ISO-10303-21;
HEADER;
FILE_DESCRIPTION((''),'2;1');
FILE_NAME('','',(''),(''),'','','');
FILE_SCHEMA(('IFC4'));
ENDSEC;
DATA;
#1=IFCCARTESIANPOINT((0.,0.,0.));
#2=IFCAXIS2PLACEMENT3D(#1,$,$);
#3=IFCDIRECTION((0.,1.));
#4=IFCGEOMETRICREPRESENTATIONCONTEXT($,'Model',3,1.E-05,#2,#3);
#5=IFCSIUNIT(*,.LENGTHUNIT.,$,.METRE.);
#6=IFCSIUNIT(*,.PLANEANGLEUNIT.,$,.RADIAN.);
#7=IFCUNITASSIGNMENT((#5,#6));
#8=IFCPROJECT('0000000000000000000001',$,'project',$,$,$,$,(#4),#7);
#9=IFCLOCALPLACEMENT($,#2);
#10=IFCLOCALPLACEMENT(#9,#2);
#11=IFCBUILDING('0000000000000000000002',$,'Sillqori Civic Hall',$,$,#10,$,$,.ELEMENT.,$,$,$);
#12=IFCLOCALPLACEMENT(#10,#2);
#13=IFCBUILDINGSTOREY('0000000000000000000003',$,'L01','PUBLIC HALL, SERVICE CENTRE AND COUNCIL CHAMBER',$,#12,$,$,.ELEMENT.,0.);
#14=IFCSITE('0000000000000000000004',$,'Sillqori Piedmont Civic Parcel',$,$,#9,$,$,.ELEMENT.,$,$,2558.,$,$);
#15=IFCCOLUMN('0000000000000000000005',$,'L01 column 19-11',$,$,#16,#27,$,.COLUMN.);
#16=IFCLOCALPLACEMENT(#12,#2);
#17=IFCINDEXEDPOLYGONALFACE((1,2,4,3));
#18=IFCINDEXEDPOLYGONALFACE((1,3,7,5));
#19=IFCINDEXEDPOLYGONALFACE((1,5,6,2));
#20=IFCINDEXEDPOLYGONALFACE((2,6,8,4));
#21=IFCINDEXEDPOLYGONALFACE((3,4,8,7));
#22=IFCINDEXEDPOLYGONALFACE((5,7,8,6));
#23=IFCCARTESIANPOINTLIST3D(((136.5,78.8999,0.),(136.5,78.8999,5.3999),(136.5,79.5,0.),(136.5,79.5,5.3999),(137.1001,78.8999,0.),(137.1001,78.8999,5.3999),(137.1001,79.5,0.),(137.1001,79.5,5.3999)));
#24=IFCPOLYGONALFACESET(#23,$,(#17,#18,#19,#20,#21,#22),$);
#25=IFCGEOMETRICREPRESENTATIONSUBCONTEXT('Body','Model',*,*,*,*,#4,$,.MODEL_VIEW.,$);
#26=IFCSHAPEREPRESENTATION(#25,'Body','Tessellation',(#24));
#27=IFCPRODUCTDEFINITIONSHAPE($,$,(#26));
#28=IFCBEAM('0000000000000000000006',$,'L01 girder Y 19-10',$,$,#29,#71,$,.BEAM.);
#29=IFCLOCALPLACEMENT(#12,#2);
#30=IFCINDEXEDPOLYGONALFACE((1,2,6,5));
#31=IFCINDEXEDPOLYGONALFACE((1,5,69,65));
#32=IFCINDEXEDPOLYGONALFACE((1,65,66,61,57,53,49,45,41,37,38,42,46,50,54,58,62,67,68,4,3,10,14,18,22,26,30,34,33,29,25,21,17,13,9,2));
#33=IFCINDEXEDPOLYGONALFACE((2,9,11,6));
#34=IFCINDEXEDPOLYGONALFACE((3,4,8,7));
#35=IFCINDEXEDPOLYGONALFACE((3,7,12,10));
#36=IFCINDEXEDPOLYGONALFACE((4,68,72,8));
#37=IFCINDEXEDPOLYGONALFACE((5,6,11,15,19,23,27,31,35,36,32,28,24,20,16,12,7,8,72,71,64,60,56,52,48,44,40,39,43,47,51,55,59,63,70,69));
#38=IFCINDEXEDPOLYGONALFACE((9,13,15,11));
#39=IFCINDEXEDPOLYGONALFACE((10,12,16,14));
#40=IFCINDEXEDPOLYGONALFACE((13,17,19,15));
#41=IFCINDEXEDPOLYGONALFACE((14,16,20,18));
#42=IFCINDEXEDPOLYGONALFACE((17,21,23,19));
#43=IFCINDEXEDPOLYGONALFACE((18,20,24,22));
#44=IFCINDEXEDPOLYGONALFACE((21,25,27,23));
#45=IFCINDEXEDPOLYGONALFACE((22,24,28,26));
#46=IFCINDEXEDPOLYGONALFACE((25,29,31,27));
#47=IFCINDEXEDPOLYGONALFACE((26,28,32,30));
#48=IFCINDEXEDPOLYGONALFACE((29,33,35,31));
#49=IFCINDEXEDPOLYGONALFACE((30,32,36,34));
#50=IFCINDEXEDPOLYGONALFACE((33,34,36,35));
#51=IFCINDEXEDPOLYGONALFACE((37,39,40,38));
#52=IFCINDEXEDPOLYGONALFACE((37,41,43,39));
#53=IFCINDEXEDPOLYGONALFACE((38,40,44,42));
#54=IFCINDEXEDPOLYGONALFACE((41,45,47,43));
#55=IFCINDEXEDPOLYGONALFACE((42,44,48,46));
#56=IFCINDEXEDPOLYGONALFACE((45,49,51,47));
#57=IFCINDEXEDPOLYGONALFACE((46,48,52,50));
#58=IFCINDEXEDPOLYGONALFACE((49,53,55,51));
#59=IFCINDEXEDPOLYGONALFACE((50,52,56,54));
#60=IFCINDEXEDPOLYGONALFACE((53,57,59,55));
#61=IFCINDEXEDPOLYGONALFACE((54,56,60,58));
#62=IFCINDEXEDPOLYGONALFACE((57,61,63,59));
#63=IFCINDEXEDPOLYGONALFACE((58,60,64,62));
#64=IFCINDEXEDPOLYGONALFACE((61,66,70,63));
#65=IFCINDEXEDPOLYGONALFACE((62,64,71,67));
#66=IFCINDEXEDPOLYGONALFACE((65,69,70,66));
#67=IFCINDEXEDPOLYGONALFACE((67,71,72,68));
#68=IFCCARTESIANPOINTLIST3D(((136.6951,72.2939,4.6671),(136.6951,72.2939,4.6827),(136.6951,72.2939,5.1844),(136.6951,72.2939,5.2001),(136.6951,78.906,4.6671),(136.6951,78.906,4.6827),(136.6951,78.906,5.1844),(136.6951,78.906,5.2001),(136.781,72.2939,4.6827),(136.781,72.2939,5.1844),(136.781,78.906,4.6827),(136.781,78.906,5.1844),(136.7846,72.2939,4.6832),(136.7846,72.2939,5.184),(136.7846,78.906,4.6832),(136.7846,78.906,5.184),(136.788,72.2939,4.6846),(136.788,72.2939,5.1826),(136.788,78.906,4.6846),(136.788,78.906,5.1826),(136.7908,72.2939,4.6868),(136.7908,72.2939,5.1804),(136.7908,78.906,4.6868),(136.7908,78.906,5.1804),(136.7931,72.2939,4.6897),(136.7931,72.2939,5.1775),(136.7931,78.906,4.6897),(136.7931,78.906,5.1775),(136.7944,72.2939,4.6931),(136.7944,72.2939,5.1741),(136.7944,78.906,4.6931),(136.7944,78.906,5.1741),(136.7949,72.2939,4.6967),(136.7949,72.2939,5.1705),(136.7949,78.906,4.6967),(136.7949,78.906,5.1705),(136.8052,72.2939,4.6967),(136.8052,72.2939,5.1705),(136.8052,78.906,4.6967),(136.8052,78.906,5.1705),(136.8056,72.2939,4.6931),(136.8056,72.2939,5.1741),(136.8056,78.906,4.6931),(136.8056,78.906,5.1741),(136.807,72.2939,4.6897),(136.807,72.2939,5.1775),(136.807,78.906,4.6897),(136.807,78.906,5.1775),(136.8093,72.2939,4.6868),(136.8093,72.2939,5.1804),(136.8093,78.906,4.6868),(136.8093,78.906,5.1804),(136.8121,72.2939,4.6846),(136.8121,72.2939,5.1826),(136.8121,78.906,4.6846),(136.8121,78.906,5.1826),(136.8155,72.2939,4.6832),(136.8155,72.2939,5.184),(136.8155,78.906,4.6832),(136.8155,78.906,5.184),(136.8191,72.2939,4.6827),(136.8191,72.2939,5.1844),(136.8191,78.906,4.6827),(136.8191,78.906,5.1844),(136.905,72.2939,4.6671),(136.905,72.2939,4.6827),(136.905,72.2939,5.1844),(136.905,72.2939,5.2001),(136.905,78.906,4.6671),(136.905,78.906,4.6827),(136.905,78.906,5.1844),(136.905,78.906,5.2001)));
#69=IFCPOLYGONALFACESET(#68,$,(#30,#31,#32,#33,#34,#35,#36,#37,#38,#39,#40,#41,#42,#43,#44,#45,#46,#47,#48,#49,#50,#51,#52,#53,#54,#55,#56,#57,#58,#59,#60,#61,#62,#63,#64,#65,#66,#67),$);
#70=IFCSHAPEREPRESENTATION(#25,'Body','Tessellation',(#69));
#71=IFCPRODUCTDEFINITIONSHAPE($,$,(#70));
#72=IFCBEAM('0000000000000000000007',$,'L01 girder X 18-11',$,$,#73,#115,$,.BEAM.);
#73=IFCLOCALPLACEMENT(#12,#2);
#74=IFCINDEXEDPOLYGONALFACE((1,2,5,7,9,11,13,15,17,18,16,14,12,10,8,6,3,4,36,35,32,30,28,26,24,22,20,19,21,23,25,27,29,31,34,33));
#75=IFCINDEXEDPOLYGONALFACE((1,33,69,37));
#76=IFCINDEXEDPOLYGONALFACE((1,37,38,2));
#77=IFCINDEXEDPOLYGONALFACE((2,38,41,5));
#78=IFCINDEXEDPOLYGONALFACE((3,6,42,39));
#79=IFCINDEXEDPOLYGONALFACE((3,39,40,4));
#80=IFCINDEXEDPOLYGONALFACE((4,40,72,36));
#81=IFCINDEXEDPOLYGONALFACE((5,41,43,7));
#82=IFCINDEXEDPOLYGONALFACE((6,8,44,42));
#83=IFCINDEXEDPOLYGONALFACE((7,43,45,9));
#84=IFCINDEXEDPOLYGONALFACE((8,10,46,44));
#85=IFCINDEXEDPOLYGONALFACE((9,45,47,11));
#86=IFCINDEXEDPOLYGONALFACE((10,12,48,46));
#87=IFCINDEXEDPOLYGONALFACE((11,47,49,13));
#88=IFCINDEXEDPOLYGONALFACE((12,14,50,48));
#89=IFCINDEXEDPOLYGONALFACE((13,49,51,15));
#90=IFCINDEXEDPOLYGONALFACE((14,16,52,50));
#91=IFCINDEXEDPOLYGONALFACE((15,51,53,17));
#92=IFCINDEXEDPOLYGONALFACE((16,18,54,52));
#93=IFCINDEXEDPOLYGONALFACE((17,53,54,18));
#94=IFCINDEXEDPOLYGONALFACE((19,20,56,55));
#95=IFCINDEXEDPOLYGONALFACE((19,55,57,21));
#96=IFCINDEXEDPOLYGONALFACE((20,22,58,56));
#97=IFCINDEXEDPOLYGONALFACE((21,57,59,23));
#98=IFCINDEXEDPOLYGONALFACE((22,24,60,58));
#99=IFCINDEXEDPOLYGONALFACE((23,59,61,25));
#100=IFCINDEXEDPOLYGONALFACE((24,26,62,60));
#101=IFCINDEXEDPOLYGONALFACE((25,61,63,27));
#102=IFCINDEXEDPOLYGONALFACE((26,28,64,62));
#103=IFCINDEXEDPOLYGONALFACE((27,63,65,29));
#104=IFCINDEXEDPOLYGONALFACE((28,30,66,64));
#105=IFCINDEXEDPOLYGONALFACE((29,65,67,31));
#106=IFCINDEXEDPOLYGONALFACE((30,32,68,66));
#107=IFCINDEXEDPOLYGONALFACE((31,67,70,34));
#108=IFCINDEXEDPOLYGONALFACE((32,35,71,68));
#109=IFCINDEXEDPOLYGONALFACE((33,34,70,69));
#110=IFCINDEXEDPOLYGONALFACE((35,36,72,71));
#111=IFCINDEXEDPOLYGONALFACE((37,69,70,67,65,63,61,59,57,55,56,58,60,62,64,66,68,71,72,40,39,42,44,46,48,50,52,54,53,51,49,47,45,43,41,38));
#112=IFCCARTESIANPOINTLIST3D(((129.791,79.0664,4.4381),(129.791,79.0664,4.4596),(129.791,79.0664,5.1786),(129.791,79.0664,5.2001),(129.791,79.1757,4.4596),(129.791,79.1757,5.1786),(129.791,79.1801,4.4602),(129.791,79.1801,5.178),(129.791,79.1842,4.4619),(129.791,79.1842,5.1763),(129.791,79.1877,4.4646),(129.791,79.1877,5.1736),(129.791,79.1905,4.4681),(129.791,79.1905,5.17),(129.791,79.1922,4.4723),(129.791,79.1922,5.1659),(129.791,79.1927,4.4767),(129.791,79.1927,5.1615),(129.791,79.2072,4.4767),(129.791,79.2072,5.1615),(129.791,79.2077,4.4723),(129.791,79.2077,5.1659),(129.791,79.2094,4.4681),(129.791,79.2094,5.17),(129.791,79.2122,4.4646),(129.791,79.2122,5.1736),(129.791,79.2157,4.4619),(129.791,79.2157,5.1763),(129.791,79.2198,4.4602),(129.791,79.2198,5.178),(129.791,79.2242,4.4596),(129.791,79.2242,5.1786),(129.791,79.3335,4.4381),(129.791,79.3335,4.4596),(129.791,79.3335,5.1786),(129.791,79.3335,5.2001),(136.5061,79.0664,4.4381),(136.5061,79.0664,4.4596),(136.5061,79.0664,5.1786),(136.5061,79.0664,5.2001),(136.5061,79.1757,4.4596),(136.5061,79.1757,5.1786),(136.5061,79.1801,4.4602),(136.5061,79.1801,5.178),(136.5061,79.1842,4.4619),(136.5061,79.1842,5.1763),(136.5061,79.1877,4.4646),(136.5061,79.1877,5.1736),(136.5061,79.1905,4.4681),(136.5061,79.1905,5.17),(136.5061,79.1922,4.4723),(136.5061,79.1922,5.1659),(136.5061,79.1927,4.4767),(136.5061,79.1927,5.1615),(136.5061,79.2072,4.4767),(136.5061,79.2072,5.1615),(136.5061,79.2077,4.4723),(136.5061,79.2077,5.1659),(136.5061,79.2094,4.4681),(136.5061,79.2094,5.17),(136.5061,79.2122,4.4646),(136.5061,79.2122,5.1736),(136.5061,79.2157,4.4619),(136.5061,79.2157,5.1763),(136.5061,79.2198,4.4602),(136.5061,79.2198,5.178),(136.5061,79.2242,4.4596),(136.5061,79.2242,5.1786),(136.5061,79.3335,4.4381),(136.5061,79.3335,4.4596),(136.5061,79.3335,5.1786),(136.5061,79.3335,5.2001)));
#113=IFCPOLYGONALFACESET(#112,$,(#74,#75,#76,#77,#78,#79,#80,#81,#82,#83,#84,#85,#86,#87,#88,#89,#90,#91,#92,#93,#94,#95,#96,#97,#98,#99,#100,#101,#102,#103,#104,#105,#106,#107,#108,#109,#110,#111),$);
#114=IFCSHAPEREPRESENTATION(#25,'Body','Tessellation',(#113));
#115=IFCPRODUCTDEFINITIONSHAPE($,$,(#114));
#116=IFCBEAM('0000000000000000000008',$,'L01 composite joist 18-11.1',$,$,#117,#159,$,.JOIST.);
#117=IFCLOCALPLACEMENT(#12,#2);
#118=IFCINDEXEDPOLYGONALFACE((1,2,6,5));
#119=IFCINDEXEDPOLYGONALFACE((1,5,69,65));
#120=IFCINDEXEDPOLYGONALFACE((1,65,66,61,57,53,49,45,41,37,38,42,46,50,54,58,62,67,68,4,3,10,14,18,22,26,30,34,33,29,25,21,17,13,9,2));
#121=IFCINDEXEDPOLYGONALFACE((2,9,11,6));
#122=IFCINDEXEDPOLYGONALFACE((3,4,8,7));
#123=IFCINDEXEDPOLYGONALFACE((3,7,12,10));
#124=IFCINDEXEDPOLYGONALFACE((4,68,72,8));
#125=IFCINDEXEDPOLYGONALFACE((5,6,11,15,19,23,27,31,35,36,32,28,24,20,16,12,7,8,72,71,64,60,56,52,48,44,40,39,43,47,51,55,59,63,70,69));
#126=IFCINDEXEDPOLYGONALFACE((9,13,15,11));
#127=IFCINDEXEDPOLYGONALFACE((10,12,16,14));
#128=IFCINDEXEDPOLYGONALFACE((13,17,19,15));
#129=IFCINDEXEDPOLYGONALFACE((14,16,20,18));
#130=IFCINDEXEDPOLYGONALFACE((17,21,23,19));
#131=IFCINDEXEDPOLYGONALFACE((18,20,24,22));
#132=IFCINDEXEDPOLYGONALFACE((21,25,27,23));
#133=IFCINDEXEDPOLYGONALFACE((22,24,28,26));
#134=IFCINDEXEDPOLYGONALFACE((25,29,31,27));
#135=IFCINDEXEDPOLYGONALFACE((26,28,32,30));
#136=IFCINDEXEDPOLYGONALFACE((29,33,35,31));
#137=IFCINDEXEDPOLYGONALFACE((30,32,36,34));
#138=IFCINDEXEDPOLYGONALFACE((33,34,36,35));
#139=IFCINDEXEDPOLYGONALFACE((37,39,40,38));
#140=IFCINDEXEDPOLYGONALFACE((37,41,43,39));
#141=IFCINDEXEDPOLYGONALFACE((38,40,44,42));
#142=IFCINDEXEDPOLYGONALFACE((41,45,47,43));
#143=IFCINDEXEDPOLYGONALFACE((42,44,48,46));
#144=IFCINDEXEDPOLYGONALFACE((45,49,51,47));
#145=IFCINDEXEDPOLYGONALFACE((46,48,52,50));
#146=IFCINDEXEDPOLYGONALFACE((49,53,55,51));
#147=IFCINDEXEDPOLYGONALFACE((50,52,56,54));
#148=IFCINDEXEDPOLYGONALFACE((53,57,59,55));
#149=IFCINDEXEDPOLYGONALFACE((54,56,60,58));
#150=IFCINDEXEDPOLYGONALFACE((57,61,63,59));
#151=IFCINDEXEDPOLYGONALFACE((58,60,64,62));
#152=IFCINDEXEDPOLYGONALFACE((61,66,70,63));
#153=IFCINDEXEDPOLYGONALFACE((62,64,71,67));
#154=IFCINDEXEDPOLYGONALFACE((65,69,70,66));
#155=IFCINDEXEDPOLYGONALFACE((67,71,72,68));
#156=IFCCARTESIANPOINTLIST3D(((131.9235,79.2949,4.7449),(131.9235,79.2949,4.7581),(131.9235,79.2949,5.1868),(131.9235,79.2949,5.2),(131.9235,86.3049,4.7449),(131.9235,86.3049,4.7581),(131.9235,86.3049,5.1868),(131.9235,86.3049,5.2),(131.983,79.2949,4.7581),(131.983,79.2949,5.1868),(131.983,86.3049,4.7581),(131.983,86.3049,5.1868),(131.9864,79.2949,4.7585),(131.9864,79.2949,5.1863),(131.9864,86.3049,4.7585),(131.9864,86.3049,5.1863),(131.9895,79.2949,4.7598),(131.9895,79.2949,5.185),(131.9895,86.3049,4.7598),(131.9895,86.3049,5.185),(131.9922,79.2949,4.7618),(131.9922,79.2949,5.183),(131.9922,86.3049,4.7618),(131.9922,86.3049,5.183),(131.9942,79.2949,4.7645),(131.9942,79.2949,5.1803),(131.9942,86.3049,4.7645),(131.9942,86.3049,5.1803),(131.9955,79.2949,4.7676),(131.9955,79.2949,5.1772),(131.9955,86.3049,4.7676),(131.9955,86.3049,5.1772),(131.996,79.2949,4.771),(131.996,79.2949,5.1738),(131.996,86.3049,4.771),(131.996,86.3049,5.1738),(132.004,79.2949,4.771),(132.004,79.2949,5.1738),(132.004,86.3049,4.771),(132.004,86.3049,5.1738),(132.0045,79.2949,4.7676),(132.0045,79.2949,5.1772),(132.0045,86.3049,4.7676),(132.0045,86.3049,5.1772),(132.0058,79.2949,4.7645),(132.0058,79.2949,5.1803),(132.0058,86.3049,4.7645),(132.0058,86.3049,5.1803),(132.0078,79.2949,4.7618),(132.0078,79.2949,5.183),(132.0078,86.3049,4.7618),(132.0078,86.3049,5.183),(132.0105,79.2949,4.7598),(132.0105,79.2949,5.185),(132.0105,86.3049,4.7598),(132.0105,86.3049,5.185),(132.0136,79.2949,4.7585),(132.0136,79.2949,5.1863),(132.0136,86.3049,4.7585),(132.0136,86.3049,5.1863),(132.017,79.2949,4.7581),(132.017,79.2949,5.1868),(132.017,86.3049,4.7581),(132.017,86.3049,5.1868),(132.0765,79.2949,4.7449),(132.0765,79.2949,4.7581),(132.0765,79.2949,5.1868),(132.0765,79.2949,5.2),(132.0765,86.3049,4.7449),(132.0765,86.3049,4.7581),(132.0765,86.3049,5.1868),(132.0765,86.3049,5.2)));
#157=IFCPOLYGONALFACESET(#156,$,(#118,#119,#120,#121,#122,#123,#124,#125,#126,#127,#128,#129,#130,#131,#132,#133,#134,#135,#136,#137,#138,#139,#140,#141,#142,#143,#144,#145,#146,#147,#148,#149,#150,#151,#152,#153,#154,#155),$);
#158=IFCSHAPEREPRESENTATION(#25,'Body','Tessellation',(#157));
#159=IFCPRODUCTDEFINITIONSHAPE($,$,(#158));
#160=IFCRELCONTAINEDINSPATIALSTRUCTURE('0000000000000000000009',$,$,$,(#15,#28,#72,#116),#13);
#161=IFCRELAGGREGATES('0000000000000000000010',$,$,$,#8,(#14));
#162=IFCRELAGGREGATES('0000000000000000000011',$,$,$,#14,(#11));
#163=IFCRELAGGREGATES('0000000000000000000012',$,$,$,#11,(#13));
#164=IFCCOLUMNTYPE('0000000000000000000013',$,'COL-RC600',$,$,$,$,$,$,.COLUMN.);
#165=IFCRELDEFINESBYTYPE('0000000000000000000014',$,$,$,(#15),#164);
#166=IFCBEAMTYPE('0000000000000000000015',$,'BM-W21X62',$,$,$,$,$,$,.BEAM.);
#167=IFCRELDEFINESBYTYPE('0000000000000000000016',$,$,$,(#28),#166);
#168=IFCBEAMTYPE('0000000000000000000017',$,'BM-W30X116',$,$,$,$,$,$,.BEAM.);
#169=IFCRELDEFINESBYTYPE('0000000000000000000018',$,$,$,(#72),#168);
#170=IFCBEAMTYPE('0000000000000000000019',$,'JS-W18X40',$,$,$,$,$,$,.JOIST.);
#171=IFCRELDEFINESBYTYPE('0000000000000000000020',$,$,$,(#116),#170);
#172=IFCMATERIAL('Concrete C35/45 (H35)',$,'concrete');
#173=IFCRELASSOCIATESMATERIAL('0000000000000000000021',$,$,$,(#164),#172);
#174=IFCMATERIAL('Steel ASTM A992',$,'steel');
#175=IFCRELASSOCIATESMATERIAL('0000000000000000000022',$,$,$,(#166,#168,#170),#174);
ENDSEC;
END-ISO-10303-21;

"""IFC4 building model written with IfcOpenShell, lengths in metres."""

from ifc_helpers import new_model, si_unit, direction, frame, origin, origin_2d, place, context, subcontext, project, spatial, rectangle, i_section, extrude, material, material_profile, profile_set, type_object, element, save


model = new_model("IFC4")

# Units and contexts
model_context = context("Model", 3, precision=1e-05, world=origin(), true_north=direction((0.0, 1.0)))
body_context = subcontext(model_context, "Body", "Model", "MODEL_VIEW")
ifc_project = project(units=[si_unit("LENGTHUNIT", "METRE"), si_unit("PLANEANGLEUNIT", "RADIAN")], contexts=[model_context])

# Site, building, storey
site_placement = place(None, origin())
site = spatial("IfcSite", under=ifc_project, at=site_placement, Name="Sillqori Piedmont Civic Parcel", CompositionType="ELEMENT", RefElevation=2558.0)
building_placement = place(site_placement, origin())
building = spatial("IfcBuilding", under=site, at=building_placement, Name="Sillqori Civic Hall", CompositionType="ELEMENT")
storey_placement = place(building_placement, origin())
storey = spatial("IfcBuildingStorey", under=building, at=storey_placement, Name="L01", Description="PUBLIC HALL, SERVICE CENTRE AND COUNCIL CHAMBER", CompositionType="ELEMENT", Elevation=0.0)

# Column
ifc_material_1 = material(Name="Concrete C35/45 (H35)", Category="concrete")
ifc_material_profile_1 = material_profile(ifc_material_1, rectangle(XDim=0.6001, YDim=0.6001, at=origin_2d()), Name="RC 600x600")
ifc_profile_set_1 = profile_set([ifc_material_profile_1], Name="Concrete C35/45 (H35)")
column_type = type_object("IfcColumnType", Name="COL-RC600", PredefinedType="COLUMN", material=ifc_profile_set_1)
column_placement = place(storey_placement, frame((136.8, 79.2, 0.0), z_axis=(0.0, 0.0, 1.0), x_axis=(1.0, 0.0, 0.0)))
element("IfcColumn", 1, at=column_placement, inside=storey, type_object=column_type, Name="L01 column 19-11", PredefinedType="COLUMN", context=body_context, shape_type="SweptSolid", body=[
    extrude(rectangle(XDim=0.6001, YDim=0.6001, at=origin_2d()), origin(), (0.0, 0.0, 1.0), 5.3999),
])

# Beams
ifc_material_2 = material(Name="Steel ASTM A992", Category="steel")
ifc_material_profile_2 = material_profile(ifc_material_2, i_section(OverallWidth=0.21, OverallDepth=0.533, WebThickness=0.0103, FlangeThickness=0.0156, FilletRadius=0.0139, at=origin_2d()), Name="W21X62")
ifc_profile_set_2 = profile_set([ifc_material_profile_2], Name="Steel ASTM A992")
beam_type_1 = type_object("IfcBeamType", Name="BM-W21X62", PredefinedType="BEAM", material=ifc_profile_set_2)
beam_1_placement = place(storey_placement, frame((136.8, 72.2939, 4.9336), z_axis=(0.0, 1.0, 0.0), x_axis=(-1.0, 0.0, 0.0)))
element("IfcBeam", 2, at=beam_1_placement, inside=storey, type_object=beam_type_1, Name="L01 girder Y 19-10", PredefinedType="BEAM", context=body_context, shape_type="SweptSolid", body=[
    extrude(i_section(OverallWidth=0.21, OverallDepth=0.533, WebThickness=0.0103, FlangeThickness=0.0156, FilletRadius=0.0139, at=origin_2d()), origin(), (0.0, 0.0, 1.0), 6.6121),
])
ifc_material_profile_3 = material_profile(ifc_material_2, i_section(OverallWidth=0.2671, OverallDepth=0.762, WebThickness=0.0144, FlangeThickness=0.0215, FilletRadius=0.0171, at=origin_2d()), Name="W30X116")
ifc_profile_set_3 = profile_set([ifc_material_profile_3], Name="Steel ASTM A992")
beam_type_2 = type_object("IfcBeamType", Name="BM-W30X116", PredefinedType="BEAM", material=ifc_profile_set_3)
beam_2_placement = place(storey_placement, frame((129.791, 79.2, 4.8191), z_axis=(1.0, 0.0, 0.0), x_axis=(0.0, 1.0, 0.0)))
element("IfcBeam", 3, at=beam_2_placement, inside=storey, type_object=beam_type_2, Name="L01 girder X 18-11", PredefinedType="BEAM", context=body_context, shape_type="SweptSolid", body=[
    extrude(i_section(OverallWidth=0.2671, OverallDepth=0.762, WebThickness=0.0144, FlangeThickness=0.0215, FilletRadius=0.0171, at=origin_2d()), origin(), (0.0, 0.0, 1.0), 6.7151),
])

# Beam
ifc_material_profile_4 = material_profile(ifc_material_2, i_section(OverallWidth=0.1531, OverallDepth=0.4551, WebThickness=0.0081, FlangeThickness=0.0132, FilletRadius=0.0129, at=origin_2d()), Name="W18X40")
ifc_profile_set_4 = profile_set([ifc_material_profile_4], Name="Steel ASTM A992")
beam_type_3 = type_object("IfcBeamType", Name="JS-W18X40", PredefinedType="JOIST", material=ifc_profile_set_4)
for number, where, z_axis, x_axis, name in (
    (4, (132.0, 79.2949, 4.9724), (0.0, 1.0, 0.0), (-1.0, 0.0, 0.0), "L01 composite joist 18-11.1"),
):
    element("IfcBeam", number, at=place(storey_placement, frame(where, z_axis=z_axis, x_axis=x_axis)), inside=storey, type_object=beam_type_3, Name=name, PredefinedType="JOIST", context=body_context, shape_type="SweptSolid", body=[
        extrude(i_section(OverallWidth=0.1531, OverallDepth=0.4551, WebThickness=0.0081, FlangeThickness=0.0132, FilletRadius=0.0129, at=origin_2d()), origin(), (0.0, 0.0, 1.0), 7.01),
    ])

save(model, "model.ifc")
